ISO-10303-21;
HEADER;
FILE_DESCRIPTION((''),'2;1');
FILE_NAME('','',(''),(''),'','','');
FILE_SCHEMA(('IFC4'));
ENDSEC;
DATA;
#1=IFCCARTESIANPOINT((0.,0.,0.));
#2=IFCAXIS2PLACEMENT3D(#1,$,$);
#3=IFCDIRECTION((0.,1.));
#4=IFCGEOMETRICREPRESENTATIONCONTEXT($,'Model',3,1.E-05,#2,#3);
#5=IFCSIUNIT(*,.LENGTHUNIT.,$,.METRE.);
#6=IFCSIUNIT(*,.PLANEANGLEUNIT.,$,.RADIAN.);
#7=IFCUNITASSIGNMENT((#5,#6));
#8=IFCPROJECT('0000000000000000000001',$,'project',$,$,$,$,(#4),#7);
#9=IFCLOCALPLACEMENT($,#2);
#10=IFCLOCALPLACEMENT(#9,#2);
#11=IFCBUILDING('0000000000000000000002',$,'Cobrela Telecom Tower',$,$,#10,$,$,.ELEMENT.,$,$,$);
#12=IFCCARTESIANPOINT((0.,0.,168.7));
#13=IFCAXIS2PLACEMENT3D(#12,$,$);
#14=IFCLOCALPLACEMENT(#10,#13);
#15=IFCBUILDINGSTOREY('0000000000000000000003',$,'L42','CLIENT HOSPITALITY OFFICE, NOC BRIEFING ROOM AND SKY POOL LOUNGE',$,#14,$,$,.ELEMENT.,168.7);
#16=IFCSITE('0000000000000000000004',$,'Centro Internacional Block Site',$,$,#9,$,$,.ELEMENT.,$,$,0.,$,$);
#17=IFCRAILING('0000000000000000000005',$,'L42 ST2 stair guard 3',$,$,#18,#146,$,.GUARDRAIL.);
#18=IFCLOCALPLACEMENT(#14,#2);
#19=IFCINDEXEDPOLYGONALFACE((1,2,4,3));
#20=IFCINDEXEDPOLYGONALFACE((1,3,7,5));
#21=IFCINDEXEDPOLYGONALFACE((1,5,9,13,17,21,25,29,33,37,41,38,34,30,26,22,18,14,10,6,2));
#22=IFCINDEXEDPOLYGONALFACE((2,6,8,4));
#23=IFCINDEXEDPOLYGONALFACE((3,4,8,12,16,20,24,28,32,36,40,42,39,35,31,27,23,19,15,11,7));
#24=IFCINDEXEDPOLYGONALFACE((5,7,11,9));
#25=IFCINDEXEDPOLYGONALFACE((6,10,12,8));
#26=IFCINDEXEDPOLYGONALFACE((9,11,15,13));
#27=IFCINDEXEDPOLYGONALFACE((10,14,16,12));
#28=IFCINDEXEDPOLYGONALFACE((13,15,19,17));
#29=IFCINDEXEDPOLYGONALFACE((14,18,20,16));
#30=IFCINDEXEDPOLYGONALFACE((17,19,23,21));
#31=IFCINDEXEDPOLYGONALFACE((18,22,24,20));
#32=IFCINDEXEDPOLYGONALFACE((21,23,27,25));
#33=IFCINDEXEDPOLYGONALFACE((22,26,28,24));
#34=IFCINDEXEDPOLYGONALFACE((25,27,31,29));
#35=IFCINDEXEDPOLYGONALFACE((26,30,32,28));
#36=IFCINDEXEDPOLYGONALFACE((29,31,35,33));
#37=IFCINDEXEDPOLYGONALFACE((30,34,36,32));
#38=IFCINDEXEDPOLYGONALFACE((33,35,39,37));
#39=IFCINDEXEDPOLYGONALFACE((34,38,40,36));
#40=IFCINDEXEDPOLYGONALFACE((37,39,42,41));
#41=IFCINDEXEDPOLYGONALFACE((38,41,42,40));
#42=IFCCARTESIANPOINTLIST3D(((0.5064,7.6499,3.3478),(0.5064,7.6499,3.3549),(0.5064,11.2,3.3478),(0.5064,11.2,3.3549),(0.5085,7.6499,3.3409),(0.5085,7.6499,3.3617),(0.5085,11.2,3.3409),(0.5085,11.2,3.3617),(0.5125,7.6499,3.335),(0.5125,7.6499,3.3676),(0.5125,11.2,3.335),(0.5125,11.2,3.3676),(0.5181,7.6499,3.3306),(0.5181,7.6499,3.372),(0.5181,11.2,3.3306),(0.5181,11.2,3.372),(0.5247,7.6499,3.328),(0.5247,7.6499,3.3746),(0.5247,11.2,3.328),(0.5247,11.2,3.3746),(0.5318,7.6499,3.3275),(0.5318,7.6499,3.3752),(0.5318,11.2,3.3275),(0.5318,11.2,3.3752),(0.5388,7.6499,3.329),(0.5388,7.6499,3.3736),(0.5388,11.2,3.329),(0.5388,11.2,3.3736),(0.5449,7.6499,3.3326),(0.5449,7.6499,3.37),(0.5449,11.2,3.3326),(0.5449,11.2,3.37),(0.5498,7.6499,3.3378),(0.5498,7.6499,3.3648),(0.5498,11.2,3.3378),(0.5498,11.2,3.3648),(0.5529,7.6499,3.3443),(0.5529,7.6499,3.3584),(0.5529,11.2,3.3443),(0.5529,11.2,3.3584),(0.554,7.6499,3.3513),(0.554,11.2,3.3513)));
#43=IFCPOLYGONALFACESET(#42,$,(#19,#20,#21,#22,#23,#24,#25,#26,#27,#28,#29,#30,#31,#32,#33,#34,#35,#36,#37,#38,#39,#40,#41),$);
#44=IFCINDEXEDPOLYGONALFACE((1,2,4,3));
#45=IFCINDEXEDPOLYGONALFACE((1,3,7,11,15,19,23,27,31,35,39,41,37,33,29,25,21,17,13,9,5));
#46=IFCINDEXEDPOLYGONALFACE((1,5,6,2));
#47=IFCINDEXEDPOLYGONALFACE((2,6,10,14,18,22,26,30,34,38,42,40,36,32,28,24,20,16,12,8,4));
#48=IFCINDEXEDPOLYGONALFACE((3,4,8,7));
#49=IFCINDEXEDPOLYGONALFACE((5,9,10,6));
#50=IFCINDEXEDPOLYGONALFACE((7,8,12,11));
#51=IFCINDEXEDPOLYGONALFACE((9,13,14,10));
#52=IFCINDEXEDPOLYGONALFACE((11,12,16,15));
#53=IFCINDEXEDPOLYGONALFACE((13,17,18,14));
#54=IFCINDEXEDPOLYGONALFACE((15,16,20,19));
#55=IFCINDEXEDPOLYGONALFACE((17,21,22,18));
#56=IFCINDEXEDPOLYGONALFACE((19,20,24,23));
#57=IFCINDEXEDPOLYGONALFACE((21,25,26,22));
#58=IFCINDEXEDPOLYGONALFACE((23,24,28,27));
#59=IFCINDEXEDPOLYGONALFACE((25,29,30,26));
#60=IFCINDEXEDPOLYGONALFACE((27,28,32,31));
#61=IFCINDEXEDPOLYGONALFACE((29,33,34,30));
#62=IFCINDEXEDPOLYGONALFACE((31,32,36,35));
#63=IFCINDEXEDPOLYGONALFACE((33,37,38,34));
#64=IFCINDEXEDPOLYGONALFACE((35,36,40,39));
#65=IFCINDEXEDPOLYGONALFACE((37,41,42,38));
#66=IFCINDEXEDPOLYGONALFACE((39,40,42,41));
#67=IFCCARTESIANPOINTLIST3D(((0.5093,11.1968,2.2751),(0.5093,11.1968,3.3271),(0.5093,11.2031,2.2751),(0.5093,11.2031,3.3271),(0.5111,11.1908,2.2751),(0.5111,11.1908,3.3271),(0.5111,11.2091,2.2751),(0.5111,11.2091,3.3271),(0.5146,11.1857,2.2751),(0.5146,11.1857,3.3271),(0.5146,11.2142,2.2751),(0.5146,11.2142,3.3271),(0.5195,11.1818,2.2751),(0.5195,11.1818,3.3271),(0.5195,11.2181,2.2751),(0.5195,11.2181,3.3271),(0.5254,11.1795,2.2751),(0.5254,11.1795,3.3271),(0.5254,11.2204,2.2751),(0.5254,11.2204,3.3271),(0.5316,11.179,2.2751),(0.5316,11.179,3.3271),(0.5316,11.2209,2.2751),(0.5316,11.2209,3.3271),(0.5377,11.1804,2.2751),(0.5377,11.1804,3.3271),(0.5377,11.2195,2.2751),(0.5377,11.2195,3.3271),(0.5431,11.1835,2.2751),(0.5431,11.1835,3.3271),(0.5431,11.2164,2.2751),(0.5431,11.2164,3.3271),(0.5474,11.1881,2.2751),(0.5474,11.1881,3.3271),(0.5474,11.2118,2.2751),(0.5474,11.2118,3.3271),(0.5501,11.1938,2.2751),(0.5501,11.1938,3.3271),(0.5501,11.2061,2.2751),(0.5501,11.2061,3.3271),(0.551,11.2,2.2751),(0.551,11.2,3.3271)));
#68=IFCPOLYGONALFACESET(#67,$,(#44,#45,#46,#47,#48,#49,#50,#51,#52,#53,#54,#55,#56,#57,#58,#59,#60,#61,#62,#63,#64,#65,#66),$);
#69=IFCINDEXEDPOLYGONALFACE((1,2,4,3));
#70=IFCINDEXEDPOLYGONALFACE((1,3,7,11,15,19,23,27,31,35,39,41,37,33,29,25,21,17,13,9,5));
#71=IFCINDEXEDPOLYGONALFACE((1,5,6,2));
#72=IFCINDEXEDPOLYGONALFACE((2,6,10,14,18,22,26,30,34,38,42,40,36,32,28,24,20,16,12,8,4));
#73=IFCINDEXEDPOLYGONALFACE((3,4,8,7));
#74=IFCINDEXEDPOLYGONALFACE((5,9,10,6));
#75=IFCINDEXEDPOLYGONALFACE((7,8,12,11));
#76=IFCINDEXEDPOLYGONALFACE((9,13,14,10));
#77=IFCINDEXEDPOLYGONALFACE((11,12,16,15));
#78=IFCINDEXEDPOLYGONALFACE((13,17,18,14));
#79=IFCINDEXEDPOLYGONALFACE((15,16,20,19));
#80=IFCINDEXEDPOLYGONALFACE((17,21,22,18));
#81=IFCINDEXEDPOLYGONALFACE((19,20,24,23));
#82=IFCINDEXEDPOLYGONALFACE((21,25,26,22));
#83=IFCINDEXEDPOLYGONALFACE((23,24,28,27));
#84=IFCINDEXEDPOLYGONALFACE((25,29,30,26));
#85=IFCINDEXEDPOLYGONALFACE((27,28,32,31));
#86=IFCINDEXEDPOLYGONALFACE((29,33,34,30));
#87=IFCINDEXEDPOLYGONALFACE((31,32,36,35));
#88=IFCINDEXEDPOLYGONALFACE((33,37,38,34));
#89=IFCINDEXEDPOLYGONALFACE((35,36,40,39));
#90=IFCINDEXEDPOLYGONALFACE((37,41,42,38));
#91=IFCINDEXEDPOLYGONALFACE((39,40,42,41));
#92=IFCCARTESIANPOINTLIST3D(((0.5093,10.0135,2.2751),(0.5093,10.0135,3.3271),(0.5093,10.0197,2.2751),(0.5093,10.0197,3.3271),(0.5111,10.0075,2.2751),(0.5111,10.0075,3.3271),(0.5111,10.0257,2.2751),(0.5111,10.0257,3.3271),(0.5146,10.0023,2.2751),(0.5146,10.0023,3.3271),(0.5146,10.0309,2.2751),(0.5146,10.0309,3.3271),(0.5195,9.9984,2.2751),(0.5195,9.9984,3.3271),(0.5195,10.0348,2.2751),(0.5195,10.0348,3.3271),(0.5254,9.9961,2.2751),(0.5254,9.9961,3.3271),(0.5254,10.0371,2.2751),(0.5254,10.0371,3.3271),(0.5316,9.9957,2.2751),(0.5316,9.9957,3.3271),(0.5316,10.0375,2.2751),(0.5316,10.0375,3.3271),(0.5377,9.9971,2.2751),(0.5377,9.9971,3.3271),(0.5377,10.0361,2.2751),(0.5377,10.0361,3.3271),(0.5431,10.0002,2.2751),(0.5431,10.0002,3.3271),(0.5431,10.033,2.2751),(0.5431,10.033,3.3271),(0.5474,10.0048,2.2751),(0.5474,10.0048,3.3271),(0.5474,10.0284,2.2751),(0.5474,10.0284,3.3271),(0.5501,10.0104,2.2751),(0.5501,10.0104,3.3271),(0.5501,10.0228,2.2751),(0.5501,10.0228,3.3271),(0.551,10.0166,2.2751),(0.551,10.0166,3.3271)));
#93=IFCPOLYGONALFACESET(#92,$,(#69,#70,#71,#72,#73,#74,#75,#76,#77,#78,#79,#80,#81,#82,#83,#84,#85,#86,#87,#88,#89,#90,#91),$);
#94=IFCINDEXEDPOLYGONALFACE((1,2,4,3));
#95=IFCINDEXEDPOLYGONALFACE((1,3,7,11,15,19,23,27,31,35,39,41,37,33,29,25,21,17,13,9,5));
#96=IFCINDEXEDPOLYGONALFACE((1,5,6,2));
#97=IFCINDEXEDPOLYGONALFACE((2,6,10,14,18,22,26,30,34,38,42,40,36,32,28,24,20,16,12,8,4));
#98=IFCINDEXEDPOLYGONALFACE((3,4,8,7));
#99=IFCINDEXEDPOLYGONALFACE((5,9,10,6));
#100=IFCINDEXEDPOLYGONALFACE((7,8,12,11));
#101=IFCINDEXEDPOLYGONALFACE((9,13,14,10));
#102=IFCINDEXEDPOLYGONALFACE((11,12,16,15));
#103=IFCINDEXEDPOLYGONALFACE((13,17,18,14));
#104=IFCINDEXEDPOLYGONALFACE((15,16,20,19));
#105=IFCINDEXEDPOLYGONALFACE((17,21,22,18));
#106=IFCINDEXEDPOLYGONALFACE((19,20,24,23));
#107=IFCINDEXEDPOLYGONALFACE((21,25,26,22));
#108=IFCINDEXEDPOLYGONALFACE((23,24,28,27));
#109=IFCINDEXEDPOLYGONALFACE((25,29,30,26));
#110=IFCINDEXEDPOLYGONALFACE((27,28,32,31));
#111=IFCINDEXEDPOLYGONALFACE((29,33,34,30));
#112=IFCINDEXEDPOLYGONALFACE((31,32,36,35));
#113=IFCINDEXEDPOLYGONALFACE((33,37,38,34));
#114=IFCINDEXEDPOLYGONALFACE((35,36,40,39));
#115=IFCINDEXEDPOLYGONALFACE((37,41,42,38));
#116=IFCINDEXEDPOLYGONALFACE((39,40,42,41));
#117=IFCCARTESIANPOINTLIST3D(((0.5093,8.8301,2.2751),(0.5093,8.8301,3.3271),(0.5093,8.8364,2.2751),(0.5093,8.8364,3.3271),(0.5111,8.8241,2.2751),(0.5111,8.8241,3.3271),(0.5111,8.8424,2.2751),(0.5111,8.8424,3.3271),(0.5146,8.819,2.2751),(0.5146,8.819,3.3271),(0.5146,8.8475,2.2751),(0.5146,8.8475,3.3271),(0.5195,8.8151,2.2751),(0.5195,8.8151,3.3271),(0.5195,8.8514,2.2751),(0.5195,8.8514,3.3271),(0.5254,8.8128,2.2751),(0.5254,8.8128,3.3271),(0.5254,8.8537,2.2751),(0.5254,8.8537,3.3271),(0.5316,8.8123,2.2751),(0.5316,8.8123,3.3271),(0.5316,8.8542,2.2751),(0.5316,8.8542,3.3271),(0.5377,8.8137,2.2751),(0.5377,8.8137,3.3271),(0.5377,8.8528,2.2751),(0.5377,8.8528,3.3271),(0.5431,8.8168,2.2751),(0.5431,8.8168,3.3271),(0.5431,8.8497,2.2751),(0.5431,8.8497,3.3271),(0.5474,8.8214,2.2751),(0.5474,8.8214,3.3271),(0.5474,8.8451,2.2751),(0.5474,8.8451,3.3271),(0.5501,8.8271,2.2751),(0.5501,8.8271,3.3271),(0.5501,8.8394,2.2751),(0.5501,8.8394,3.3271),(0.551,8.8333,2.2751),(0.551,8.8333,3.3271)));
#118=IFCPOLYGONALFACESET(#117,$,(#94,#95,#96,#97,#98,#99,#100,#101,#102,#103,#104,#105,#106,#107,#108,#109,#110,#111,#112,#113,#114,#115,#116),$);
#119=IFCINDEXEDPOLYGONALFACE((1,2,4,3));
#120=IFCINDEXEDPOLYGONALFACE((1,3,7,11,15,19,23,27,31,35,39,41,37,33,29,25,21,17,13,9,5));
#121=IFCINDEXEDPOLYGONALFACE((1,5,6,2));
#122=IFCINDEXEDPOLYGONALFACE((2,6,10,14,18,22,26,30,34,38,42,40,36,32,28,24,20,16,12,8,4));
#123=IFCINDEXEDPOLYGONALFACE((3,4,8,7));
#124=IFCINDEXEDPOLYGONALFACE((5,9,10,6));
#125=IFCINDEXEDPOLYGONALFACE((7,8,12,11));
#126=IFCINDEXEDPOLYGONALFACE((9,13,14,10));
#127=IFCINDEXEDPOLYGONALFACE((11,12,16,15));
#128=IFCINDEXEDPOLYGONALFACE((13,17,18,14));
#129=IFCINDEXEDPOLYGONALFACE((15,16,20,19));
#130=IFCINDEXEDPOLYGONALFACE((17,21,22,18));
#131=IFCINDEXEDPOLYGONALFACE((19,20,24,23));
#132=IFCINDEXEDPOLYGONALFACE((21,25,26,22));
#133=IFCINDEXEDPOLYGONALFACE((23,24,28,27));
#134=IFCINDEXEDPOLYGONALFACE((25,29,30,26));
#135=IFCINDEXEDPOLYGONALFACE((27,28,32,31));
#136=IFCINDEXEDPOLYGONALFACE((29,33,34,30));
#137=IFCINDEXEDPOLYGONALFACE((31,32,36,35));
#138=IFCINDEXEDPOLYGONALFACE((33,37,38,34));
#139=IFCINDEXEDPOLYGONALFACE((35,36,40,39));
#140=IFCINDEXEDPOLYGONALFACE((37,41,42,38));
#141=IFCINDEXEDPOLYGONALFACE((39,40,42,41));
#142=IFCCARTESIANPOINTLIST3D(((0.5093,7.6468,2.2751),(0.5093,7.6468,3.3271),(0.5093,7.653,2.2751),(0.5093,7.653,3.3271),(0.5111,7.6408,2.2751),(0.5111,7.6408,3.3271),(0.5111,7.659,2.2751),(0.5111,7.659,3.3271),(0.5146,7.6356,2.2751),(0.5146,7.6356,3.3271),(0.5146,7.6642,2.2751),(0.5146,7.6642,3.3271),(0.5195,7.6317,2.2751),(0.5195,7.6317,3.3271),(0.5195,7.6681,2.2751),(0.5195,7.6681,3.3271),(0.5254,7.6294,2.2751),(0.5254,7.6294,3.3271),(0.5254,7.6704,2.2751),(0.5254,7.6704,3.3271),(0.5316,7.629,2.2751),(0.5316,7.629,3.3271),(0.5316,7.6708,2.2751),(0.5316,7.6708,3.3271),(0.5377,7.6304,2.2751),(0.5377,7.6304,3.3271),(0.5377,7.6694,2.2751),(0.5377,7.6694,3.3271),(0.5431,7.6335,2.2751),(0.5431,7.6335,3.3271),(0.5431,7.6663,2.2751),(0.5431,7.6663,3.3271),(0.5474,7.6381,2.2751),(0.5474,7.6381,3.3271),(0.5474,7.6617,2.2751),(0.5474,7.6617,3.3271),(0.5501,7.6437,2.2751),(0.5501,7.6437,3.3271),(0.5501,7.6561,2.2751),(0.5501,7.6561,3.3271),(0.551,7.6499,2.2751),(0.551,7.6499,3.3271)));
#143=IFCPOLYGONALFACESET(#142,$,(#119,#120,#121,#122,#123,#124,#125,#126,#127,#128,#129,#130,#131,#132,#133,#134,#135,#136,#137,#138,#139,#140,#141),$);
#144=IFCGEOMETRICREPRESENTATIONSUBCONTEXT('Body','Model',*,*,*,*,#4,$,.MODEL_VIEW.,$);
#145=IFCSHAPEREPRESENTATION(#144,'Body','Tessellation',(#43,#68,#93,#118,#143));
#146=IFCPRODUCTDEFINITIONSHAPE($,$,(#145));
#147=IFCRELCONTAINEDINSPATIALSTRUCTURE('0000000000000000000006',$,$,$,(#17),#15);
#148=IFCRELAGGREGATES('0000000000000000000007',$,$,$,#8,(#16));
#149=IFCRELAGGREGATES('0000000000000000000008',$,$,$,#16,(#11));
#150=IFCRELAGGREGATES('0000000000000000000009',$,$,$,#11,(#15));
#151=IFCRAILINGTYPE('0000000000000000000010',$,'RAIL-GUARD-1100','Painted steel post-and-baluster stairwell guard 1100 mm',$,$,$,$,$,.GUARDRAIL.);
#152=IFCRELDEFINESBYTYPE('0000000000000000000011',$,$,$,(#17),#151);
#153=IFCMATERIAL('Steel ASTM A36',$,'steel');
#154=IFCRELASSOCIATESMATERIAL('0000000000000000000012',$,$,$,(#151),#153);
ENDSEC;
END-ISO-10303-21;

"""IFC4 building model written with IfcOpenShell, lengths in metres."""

from ifc_helpers import new_model, si_unit, direction, frame, origin, origin_2d, place, context, subcontext, project, spatial, circle, extrude, material, type_object, element, save


model = new_model("IFC4")

# Units and contexts
model_context = context("Model", 3, precision=1e-05, world=origin(), true_north=direction((0.0, 1.0)))
body_context = subcontext(model_context, "Body", "Model", "MODEL_VIEW")
ifc_project = project(units=[si_unit("LENGTHUNIT", "METRE"), si_unit("PLANEANGLEUNIT", "RADIAN")], contexts=[model_context])

# Site, building, storey
site_placement = place(None, origin())
site = spatial("IfcSite", under=ifc_project, at=site_placement, Name="Centro Internacional Block Site", CompositionType="ELEMENT", RefElevation=0.0)
building_placement = place(site_placement, origin())
building = spatial("IfcBuilding", under=site, at=building_placement, Name="Cobrela Telecom Tower", CompositionType="ELEMENT")
storey_placement = place(building_placement, frame((0.0, 0.0, 168.7)))
storey = spatial("IfcBuildingStorey", under=building, at=storey_placement, Name="L42", Description="CLIENT HOSPITALITY OFFICE, NOC BRIEFING ROOM AND SKY POOL LOUNGE", CompositionType="ELEMENT", Elevation=168.7)

# Shared definitions
ifc_material_1 = material(Name="Steel ASTM A36", Category="steel")

# Railing
railing_type_1 = type_object("IfcRailingType", Name="RAIL-GUARD-1100", Description="Painted steel post-and-baluster stairwell guard 1100 mm", PredefinedType="GUARDRAIL", material=ifc_material_1)
railing_1_placement = place(storey_placement, frame((0.53, 11.2, 2.2751)))
element("IfcRailing", 1, at=railing_1_placement, inside=storey, type_object=railing_type_1, Name="L42 ST2 stair guard 3", PredefinedType="GUARDRAIL", context=body_context, shape_type="SweptSolid", body=[
    extrude(circle(Radius=0.0239, at=origin_2d()), frame((0.0, 0.0, 1.0762), z_axis=(0.0, -1.0, 0.0), x_axis=(1.0, 0.0, 0.0)), (0.0, 0.0, 1.0), 3.55),
    extrude(circle(Radius=0.021, at=origin_2d()), origin(), (0.0, 0.0, 1.0), 1.052),
    extrude(circle(Radius=0.021, at=origin_2d()), frame((0.0, -1.1833, 0.0)), (0.0, 0.0, 1.0), 1.052),
    extrude(circle(Radius=0.021, at=origin_2d()), frame((0.0, -2.3667, 0.0)), (0.0, 0.0, 1.0), 1.052),
    extrude(circle(Radius=0.021, at=origin_2d()), frame((0.0, -3.55, 0.0)), (0.0, 0.0, 1.0), 1.052),
])

save(model, "model.ifc")
